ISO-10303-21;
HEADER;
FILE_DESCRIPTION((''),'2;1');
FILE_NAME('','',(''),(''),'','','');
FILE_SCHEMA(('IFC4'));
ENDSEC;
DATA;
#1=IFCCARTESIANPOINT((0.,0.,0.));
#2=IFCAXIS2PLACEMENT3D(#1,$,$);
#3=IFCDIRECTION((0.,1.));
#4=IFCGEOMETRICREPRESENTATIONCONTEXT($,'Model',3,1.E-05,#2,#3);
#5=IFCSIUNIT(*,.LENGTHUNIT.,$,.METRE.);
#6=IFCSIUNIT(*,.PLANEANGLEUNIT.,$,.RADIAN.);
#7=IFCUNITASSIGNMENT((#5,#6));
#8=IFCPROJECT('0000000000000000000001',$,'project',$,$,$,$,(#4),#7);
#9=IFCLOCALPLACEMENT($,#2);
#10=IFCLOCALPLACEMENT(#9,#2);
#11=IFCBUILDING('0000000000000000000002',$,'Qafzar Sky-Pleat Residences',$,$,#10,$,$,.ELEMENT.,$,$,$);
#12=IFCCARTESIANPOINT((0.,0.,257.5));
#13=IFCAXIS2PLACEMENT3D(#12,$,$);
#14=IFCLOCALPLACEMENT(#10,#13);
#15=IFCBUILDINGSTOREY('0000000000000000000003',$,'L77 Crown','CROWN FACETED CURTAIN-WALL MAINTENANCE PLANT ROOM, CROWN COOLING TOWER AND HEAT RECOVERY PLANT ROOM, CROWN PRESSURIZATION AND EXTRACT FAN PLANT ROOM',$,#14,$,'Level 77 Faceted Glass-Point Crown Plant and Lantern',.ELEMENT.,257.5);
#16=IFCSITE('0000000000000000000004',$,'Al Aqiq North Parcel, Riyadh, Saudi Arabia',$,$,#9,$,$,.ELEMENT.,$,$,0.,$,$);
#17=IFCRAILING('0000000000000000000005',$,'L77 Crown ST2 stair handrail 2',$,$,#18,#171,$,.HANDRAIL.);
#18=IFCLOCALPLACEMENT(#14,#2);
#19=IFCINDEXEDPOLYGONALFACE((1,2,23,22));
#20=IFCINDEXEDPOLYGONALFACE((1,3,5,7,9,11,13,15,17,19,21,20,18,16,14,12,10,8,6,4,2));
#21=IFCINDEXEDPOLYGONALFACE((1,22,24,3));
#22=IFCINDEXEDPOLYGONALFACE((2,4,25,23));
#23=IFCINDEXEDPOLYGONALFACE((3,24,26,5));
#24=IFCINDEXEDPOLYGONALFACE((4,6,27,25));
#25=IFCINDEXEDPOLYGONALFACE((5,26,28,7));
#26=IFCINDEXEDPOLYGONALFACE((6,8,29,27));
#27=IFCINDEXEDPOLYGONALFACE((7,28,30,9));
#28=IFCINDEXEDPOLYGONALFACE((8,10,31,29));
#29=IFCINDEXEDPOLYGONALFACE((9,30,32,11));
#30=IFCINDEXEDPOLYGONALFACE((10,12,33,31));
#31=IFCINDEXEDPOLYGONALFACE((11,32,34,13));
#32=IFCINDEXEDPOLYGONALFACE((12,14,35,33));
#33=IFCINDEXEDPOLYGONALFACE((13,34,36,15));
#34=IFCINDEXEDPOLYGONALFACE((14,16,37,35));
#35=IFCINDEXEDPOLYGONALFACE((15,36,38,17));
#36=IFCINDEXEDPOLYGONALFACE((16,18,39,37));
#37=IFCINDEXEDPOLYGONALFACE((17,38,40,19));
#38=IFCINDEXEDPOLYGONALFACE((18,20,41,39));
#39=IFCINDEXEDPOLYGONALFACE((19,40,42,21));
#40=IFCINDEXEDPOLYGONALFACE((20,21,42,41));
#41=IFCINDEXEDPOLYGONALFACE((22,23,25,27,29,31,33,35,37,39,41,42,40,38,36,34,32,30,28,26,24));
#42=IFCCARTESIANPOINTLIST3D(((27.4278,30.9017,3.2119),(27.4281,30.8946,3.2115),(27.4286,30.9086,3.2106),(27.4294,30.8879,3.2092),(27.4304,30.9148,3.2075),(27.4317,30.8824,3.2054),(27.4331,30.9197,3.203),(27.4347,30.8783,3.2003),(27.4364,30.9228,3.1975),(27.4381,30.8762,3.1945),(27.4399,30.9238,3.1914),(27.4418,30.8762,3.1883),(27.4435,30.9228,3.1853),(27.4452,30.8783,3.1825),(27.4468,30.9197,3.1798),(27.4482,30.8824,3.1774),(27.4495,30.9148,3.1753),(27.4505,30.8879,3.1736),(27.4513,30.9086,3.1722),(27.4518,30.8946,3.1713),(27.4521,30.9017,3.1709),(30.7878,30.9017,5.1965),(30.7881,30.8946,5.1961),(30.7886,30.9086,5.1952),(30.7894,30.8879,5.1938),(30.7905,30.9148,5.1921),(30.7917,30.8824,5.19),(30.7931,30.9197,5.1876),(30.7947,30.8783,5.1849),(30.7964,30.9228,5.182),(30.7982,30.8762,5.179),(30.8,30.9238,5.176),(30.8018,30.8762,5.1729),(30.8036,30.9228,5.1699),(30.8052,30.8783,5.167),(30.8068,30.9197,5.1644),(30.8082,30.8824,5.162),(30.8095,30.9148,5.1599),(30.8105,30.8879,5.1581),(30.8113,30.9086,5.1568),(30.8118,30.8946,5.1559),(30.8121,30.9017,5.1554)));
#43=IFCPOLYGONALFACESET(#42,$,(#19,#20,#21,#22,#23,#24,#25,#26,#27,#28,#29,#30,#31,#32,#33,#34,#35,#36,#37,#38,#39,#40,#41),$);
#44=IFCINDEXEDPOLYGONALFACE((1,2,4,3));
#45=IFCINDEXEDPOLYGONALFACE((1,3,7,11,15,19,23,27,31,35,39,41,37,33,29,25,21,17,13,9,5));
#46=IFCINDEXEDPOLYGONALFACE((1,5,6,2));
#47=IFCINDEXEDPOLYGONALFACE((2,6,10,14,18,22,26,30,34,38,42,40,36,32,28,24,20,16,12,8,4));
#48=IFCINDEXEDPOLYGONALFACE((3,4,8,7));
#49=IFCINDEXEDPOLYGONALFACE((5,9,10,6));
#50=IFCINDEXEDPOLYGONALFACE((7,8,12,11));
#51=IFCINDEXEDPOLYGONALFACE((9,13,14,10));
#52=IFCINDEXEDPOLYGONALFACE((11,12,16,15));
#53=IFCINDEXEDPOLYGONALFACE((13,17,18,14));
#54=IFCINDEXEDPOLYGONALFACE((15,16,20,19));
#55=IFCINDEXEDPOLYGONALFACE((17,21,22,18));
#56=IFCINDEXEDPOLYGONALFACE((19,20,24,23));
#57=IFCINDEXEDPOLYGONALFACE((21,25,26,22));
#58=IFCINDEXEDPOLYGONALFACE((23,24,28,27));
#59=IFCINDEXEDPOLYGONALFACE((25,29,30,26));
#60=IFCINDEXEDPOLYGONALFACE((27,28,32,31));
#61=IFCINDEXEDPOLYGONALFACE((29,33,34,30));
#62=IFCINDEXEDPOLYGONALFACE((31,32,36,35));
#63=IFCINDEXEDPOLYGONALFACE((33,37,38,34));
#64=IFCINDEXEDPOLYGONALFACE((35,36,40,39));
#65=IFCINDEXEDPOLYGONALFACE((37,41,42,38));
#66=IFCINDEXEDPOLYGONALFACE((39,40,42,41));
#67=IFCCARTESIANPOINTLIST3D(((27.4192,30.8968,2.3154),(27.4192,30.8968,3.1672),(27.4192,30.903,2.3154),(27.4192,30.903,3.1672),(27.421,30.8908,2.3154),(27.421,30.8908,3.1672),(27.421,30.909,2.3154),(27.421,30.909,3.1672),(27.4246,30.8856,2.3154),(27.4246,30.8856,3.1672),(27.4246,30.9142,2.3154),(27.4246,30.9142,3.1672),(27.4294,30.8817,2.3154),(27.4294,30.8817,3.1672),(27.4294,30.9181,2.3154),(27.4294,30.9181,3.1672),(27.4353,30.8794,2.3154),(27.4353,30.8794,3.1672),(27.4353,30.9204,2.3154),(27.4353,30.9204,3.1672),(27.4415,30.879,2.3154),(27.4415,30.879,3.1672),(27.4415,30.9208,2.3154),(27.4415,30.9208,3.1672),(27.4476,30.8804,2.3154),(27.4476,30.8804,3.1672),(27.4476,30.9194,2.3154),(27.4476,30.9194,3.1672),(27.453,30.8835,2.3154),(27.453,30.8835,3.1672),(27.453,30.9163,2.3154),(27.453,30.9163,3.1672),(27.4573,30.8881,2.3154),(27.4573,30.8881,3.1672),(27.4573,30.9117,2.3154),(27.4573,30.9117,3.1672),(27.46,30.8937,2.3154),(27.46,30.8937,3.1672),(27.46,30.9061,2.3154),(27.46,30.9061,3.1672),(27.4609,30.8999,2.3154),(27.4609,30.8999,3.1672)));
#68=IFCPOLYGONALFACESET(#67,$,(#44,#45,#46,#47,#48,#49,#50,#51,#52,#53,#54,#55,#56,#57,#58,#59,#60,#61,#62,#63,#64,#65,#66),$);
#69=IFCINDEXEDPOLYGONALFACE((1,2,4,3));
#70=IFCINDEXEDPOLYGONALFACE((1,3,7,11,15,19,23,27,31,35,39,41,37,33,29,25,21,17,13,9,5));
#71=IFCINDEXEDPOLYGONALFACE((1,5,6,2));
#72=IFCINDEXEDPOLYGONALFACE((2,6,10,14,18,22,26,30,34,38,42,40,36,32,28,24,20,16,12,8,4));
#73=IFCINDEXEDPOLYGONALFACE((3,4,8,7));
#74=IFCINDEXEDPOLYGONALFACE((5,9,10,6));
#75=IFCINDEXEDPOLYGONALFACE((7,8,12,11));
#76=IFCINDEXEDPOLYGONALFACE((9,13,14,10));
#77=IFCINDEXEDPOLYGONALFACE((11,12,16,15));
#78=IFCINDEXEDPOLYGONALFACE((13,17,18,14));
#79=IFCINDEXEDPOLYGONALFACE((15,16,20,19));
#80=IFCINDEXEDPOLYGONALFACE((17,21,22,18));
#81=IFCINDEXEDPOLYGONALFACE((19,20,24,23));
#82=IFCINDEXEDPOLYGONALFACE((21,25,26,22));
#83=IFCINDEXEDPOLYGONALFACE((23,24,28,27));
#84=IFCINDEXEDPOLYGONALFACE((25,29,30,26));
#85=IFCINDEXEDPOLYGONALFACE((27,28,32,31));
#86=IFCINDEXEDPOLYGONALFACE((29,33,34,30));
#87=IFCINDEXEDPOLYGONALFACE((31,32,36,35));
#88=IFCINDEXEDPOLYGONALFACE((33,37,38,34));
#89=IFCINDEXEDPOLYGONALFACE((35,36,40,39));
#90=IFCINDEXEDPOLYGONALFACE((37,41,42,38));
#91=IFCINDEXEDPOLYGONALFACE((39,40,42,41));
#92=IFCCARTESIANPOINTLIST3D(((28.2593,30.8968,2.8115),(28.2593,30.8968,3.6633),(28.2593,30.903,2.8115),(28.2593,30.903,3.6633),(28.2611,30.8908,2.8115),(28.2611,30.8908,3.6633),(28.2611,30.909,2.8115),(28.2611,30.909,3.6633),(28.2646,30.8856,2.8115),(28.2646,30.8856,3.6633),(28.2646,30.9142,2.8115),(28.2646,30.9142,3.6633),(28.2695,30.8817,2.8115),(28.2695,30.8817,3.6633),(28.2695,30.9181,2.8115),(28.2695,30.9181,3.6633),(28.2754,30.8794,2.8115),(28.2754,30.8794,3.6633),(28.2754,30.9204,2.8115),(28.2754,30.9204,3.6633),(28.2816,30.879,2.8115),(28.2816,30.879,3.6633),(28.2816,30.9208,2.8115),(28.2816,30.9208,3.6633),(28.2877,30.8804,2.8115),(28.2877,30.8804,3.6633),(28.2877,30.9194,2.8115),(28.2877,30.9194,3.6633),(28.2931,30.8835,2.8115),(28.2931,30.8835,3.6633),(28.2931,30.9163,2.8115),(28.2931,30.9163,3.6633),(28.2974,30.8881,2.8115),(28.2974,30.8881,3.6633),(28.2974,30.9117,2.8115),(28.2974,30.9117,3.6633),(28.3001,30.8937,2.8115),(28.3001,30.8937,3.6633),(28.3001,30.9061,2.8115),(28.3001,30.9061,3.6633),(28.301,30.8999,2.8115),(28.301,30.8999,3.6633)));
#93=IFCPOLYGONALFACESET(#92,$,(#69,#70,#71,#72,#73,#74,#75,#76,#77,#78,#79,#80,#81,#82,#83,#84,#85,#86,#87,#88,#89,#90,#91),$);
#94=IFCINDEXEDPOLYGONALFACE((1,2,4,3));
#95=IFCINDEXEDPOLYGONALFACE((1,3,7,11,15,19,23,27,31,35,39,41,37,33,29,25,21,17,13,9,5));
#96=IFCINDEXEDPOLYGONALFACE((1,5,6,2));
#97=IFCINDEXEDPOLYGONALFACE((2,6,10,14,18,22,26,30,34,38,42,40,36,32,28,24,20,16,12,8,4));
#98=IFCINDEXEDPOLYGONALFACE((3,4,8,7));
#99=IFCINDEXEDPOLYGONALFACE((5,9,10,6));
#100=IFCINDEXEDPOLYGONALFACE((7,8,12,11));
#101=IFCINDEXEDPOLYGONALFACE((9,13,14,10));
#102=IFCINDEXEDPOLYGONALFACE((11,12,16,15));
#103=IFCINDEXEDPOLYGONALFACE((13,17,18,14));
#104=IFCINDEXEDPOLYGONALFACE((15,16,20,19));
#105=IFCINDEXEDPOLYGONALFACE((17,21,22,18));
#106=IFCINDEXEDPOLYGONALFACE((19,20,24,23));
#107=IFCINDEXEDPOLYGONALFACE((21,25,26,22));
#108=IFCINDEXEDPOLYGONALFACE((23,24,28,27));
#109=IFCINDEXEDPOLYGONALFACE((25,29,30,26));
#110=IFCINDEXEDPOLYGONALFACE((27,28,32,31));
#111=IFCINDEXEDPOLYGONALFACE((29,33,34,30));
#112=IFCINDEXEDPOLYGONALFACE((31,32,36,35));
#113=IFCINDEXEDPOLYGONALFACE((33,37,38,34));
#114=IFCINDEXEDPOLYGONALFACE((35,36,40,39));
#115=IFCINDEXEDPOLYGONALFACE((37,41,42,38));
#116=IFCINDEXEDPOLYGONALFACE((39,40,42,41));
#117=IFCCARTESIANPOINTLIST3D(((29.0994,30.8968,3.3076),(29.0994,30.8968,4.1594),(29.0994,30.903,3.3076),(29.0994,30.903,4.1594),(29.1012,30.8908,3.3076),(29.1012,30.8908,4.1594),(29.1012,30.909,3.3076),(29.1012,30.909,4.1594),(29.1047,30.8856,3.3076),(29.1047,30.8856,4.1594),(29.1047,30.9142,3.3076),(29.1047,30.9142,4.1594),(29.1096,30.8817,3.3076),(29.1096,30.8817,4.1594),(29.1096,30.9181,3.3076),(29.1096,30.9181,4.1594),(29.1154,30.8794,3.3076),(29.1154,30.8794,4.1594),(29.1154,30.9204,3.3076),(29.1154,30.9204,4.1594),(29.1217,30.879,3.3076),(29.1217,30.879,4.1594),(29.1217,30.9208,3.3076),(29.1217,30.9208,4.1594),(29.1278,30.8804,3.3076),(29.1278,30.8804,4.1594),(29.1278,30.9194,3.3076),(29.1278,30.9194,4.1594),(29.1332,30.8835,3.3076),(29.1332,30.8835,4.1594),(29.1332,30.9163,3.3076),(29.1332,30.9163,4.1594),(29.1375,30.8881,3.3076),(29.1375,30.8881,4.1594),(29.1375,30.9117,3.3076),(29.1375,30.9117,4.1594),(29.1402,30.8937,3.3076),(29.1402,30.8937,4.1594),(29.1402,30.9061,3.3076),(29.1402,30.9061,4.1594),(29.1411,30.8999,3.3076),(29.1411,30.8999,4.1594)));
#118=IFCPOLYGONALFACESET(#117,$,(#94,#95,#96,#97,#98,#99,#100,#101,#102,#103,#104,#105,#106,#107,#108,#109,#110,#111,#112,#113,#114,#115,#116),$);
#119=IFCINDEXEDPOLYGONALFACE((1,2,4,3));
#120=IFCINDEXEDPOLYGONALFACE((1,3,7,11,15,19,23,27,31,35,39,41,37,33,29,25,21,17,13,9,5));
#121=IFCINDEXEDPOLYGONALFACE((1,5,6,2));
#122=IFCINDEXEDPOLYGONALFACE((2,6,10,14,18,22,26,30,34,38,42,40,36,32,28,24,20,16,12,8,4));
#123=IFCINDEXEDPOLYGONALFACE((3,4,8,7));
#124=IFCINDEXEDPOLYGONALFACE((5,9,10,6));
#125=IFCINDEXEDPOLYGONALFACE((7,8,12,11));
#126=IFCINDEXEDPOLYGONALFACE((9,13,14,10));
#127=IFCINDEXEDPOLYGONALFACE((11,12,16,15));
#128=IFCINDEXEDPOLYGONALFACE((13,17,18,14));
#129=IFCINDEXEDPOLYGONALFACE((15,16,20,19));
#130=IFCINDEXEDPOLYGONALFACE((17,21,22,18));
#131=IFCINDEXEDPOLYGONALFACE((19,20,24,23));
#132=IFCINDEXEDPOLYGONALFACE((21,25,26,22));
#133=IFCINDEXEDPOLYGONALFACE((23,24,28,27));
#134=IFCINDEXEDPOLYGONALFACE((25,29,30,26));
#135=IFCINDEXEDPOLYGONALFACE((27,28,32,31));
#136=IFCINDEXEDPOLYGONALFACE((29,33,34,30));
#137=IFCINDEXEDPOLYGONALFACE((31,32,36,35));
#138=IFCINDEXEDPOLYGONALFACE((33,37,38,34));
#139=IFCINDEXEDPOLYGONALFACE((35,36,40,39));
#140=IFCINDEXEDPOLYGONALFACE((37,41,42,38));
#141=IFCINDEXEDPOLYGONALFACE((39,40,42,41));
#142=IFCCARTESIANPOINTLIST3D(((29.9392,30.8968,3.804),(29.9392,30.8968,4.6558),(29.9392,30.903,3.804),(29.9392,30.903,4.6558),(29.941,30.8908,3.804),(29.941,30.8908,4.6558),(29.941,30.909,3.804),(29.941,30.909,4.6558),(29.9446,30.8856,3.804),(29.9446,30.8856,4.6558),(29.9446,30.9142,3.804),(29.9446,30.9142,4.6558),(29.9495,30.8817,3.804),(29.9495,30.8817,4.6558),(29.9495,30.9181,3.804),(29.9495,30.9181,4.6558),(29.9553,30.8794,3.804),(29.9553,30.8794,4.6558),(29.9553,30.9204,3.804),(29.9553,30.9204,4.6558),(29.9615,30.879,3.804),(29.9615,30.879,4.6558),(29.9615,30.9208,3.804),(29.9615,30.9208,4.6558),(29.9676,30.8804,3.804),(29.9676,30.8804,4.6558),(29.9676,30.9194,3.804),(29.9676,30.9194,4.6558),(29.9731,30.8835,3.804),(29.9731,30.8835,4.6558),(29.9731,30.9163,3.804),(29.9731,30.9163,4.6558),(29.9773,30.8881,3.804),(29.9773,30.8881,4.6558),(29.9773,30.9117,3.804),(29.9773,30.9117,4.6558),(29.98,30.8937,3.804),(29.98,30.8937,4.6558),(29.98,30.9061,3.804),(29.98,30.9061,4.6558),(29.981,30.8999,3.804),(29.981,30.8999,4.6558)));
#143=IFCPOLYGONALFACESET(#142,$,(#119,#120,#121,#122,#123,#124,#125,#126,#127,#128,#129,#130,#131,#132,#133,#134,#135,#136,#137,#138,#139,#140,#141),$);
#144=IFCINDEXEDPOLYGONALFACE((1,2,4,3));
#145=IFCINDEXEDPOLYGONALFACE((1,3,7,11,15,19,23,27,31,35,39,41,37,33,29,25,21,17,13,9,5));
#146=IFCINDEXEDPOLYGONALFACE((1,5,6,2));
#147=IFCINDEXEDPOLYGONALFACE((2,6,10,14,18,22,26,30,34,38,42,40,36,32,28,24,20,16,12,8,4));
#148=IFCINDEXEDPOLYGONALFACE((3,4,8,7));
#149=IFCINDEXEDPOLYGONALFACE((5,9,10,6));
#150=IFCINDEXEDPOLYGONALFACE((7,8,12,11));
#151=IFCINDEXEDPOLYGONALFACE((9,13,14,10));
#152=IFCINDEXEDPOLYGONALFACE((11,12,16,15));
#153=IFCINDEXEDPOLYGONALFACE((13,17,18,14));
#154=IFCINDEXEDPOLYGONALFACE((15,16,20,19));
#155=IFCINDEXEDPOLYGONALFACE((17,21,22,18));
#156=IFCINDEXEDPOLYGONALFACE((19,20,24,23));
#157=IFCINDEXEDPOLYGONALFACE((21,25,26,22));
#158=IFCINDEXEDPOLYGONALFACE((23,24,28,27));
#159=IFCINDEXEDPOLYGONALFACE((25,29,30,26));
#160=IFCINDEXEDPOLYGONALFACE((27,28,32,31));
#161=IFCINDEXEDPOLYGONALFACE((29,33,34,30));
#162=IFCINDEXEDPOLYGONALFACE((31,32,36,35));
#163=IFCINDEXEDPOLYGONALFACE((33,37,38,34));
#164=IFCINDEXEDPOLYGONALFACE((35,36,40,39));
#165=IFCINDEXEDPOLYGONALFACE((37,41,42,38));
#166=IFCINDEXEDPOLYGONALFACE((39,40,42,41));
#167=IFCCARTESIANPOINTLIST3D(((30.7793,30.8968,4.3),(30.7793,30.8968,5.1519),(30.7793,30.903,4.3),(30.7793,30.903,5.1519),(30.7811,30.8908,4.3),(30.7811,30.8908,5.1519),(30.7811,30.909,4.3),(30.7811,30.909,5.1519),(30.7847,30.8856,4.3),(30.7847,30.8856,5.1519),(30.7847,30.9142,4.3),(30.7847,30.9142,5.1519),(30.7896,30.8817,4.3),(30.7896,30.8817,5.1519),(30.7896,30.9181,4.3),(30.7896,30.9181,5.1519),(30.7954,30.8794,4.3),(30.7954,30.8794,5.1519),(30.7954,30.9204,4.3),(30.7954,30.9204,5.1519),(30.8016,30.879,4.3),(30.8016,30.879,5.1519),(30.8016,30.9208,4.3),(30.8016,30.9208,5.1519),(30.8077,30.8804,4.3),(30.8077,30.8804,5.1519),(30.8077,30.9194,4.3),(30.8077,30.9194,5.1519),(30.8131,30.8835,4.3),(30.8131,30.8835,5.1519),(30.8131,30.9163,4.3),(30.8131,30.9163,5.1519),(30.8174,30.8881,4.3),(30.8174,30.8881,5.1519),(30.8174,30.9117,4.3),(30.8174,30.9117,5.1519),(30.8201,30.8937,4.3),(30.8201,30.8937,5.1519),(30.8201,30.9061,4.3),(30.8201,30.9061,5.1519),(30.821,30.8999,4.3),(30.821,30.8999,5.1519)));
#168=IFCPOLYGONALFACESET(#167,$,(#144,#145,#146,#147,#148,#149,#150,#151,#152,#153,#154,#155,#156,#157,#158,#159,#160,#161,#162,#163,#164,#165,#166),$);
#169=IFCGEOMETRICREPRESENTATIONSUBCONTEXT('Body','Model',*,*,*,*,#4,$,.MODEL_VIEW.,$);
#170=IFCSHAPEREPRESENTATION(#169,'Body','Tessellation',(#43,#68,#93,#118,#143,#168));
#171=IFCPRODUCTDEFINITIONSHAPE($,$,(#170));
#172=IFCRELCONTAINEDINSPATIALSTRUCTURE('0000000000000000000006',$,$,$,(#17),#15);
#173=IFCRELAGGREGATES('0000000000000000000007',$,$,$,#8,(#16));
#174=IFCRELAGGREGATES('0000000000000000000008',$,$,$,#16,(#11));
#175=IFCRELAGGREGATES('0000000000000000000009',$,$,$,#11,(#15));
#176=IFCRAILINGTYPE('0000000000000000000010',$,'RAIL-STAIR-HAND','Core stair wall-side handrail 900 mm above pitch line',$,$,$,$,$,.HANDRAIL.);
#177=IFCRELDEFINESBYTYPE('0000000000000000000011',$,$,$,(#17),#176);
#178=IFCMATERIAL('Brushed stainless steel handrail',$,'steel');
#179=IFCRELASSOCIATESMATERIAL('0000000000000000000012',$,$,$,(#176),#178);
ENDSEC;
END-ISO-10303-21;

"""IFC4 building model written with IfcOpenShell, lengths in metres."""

from ifc_helpers import new_model, si_unit, direction, frame, origin, origin_2d, place, context, subcontext, project, spatial, circle, extrude, source, transform, mapped, material, type_object, element, save


model = new_model("IFC4")

# Units and contexts
model_context = context("Model", 3, precision=1e-05, world=origin(), true_north=direction((0.0, 1.0)))
body_context = subcontext(model_context, "Body", "Model", "MODEL_VIEW")
ifc_project = project(units=[si_unit("LENGTHUNIT", "METRE"), si_unit("PLANEANGLEUNIT", "RADIAN")], contexts=[model_context])

# Site, building, storey
site_placement = place(None, origin())
site = spatial("IfcSite", under=ifc_project, at=site_placement, Name="Al Aqiq North Parcel, Riyadh, Saudi Arabia", CompositionType="ELEMENT", RefElevation=0.0)
building_placement = place(site_placement, origin())
building = spatial("IfcBuilding", under=site, at=building_placement, Name="Qafzar Sky-Pleat Residences", CompositionType="ELEMENT")
storey_placement = place(building_placement, frame((0.0, 0.0, 257.5)))
storey = spatial("IfcBuildingStorey", under=building, at=storey_placement, Name="L77 Crown", Description="CROWN FACETED CURTAIN-WALL MAINTENANCE PLANT ROOM, CROWN COOLING TOWER AND HEAT RECOVERY PLANT ROOM, CROWN PRESSURIZATION AND EXTRACT FAN PLANT ROOM", LongName="Level 77 Faceted Glass-Point Crown Plant and Lantern", CompositionType="ELEMENT", Elevation=257.5)

# Railing
ifc_material_1 = material(Name="Brushed stainless steel handrail", Category="steel")
railing_type_1 = type_object("IfcRailingType", Name="RAIL-STAIR-HAND", Description="Core stair wall-side handrail 900 mm above pitch line", PredefinedType="HANDRAIL", material=ifc_material_1)
shared_shape_1 = source(origin(), body_context, "Body", "SweptSolid", [
    extrude(circle(Radius=0.0239, at=origin_2d()), frame((0.0, 0.0, 0.876), z_axis=(0.861027, 0.0, 0.508559), x_axis=(0.0, 1.0, 0.0)), (0.0, 0.0, 1.0), 3.9023),
    extrude(circle(Radius=0.021, at=origin_2d()), origin(), (0.0, 0.0, 1.0), 0.8518),
    extrude(circle(Radius=0.021, at=origin_2d()), frame((0.8401, 0.0, 0.4961)), (0.0, 0.0, 1.0), 0.8518),
    extrude(circle(Radius=0.021, at=origin_2d()), frame((1.6802, 0.0, 0.9922)), (0.0, 0.0, 1.0), 0.8518),
    extrude(circle(Radius=0.021, at=origin_2d()), frame((2.52, 0.0, 1.4885)), (0.0, 0.0, 1.0), 0.8518),
    extrude(circle(Radius=0.021, at=origin_2d()), frame((3.3601, 0.0, 1.9846)), (0.0, 0.0, 1.0), 0.8518),
])
railing_1_placement = place(storey_placement, frame((27.4399, 30.8999, 2.3154)))
element("IfcRailing", 1, at=railing_1_placement, inside=storey, type_object=railing_type_1, Name="L77 Crown ST2 stair handrail 2", PredefinedType="HANDRAIL", context=body_context, shape_type="MappedRepresentation", body=[
    mapped(shared_shape_1, transform((0.0, 0.0, 0.0), x_axis=(1.0, 0.0, 0.0), y_axis=(0.0, 1.0, 0.0), z_axis=(0.0, 0.0, 1.0), scale=1.0)),
])

save(model, "model.ifc")
